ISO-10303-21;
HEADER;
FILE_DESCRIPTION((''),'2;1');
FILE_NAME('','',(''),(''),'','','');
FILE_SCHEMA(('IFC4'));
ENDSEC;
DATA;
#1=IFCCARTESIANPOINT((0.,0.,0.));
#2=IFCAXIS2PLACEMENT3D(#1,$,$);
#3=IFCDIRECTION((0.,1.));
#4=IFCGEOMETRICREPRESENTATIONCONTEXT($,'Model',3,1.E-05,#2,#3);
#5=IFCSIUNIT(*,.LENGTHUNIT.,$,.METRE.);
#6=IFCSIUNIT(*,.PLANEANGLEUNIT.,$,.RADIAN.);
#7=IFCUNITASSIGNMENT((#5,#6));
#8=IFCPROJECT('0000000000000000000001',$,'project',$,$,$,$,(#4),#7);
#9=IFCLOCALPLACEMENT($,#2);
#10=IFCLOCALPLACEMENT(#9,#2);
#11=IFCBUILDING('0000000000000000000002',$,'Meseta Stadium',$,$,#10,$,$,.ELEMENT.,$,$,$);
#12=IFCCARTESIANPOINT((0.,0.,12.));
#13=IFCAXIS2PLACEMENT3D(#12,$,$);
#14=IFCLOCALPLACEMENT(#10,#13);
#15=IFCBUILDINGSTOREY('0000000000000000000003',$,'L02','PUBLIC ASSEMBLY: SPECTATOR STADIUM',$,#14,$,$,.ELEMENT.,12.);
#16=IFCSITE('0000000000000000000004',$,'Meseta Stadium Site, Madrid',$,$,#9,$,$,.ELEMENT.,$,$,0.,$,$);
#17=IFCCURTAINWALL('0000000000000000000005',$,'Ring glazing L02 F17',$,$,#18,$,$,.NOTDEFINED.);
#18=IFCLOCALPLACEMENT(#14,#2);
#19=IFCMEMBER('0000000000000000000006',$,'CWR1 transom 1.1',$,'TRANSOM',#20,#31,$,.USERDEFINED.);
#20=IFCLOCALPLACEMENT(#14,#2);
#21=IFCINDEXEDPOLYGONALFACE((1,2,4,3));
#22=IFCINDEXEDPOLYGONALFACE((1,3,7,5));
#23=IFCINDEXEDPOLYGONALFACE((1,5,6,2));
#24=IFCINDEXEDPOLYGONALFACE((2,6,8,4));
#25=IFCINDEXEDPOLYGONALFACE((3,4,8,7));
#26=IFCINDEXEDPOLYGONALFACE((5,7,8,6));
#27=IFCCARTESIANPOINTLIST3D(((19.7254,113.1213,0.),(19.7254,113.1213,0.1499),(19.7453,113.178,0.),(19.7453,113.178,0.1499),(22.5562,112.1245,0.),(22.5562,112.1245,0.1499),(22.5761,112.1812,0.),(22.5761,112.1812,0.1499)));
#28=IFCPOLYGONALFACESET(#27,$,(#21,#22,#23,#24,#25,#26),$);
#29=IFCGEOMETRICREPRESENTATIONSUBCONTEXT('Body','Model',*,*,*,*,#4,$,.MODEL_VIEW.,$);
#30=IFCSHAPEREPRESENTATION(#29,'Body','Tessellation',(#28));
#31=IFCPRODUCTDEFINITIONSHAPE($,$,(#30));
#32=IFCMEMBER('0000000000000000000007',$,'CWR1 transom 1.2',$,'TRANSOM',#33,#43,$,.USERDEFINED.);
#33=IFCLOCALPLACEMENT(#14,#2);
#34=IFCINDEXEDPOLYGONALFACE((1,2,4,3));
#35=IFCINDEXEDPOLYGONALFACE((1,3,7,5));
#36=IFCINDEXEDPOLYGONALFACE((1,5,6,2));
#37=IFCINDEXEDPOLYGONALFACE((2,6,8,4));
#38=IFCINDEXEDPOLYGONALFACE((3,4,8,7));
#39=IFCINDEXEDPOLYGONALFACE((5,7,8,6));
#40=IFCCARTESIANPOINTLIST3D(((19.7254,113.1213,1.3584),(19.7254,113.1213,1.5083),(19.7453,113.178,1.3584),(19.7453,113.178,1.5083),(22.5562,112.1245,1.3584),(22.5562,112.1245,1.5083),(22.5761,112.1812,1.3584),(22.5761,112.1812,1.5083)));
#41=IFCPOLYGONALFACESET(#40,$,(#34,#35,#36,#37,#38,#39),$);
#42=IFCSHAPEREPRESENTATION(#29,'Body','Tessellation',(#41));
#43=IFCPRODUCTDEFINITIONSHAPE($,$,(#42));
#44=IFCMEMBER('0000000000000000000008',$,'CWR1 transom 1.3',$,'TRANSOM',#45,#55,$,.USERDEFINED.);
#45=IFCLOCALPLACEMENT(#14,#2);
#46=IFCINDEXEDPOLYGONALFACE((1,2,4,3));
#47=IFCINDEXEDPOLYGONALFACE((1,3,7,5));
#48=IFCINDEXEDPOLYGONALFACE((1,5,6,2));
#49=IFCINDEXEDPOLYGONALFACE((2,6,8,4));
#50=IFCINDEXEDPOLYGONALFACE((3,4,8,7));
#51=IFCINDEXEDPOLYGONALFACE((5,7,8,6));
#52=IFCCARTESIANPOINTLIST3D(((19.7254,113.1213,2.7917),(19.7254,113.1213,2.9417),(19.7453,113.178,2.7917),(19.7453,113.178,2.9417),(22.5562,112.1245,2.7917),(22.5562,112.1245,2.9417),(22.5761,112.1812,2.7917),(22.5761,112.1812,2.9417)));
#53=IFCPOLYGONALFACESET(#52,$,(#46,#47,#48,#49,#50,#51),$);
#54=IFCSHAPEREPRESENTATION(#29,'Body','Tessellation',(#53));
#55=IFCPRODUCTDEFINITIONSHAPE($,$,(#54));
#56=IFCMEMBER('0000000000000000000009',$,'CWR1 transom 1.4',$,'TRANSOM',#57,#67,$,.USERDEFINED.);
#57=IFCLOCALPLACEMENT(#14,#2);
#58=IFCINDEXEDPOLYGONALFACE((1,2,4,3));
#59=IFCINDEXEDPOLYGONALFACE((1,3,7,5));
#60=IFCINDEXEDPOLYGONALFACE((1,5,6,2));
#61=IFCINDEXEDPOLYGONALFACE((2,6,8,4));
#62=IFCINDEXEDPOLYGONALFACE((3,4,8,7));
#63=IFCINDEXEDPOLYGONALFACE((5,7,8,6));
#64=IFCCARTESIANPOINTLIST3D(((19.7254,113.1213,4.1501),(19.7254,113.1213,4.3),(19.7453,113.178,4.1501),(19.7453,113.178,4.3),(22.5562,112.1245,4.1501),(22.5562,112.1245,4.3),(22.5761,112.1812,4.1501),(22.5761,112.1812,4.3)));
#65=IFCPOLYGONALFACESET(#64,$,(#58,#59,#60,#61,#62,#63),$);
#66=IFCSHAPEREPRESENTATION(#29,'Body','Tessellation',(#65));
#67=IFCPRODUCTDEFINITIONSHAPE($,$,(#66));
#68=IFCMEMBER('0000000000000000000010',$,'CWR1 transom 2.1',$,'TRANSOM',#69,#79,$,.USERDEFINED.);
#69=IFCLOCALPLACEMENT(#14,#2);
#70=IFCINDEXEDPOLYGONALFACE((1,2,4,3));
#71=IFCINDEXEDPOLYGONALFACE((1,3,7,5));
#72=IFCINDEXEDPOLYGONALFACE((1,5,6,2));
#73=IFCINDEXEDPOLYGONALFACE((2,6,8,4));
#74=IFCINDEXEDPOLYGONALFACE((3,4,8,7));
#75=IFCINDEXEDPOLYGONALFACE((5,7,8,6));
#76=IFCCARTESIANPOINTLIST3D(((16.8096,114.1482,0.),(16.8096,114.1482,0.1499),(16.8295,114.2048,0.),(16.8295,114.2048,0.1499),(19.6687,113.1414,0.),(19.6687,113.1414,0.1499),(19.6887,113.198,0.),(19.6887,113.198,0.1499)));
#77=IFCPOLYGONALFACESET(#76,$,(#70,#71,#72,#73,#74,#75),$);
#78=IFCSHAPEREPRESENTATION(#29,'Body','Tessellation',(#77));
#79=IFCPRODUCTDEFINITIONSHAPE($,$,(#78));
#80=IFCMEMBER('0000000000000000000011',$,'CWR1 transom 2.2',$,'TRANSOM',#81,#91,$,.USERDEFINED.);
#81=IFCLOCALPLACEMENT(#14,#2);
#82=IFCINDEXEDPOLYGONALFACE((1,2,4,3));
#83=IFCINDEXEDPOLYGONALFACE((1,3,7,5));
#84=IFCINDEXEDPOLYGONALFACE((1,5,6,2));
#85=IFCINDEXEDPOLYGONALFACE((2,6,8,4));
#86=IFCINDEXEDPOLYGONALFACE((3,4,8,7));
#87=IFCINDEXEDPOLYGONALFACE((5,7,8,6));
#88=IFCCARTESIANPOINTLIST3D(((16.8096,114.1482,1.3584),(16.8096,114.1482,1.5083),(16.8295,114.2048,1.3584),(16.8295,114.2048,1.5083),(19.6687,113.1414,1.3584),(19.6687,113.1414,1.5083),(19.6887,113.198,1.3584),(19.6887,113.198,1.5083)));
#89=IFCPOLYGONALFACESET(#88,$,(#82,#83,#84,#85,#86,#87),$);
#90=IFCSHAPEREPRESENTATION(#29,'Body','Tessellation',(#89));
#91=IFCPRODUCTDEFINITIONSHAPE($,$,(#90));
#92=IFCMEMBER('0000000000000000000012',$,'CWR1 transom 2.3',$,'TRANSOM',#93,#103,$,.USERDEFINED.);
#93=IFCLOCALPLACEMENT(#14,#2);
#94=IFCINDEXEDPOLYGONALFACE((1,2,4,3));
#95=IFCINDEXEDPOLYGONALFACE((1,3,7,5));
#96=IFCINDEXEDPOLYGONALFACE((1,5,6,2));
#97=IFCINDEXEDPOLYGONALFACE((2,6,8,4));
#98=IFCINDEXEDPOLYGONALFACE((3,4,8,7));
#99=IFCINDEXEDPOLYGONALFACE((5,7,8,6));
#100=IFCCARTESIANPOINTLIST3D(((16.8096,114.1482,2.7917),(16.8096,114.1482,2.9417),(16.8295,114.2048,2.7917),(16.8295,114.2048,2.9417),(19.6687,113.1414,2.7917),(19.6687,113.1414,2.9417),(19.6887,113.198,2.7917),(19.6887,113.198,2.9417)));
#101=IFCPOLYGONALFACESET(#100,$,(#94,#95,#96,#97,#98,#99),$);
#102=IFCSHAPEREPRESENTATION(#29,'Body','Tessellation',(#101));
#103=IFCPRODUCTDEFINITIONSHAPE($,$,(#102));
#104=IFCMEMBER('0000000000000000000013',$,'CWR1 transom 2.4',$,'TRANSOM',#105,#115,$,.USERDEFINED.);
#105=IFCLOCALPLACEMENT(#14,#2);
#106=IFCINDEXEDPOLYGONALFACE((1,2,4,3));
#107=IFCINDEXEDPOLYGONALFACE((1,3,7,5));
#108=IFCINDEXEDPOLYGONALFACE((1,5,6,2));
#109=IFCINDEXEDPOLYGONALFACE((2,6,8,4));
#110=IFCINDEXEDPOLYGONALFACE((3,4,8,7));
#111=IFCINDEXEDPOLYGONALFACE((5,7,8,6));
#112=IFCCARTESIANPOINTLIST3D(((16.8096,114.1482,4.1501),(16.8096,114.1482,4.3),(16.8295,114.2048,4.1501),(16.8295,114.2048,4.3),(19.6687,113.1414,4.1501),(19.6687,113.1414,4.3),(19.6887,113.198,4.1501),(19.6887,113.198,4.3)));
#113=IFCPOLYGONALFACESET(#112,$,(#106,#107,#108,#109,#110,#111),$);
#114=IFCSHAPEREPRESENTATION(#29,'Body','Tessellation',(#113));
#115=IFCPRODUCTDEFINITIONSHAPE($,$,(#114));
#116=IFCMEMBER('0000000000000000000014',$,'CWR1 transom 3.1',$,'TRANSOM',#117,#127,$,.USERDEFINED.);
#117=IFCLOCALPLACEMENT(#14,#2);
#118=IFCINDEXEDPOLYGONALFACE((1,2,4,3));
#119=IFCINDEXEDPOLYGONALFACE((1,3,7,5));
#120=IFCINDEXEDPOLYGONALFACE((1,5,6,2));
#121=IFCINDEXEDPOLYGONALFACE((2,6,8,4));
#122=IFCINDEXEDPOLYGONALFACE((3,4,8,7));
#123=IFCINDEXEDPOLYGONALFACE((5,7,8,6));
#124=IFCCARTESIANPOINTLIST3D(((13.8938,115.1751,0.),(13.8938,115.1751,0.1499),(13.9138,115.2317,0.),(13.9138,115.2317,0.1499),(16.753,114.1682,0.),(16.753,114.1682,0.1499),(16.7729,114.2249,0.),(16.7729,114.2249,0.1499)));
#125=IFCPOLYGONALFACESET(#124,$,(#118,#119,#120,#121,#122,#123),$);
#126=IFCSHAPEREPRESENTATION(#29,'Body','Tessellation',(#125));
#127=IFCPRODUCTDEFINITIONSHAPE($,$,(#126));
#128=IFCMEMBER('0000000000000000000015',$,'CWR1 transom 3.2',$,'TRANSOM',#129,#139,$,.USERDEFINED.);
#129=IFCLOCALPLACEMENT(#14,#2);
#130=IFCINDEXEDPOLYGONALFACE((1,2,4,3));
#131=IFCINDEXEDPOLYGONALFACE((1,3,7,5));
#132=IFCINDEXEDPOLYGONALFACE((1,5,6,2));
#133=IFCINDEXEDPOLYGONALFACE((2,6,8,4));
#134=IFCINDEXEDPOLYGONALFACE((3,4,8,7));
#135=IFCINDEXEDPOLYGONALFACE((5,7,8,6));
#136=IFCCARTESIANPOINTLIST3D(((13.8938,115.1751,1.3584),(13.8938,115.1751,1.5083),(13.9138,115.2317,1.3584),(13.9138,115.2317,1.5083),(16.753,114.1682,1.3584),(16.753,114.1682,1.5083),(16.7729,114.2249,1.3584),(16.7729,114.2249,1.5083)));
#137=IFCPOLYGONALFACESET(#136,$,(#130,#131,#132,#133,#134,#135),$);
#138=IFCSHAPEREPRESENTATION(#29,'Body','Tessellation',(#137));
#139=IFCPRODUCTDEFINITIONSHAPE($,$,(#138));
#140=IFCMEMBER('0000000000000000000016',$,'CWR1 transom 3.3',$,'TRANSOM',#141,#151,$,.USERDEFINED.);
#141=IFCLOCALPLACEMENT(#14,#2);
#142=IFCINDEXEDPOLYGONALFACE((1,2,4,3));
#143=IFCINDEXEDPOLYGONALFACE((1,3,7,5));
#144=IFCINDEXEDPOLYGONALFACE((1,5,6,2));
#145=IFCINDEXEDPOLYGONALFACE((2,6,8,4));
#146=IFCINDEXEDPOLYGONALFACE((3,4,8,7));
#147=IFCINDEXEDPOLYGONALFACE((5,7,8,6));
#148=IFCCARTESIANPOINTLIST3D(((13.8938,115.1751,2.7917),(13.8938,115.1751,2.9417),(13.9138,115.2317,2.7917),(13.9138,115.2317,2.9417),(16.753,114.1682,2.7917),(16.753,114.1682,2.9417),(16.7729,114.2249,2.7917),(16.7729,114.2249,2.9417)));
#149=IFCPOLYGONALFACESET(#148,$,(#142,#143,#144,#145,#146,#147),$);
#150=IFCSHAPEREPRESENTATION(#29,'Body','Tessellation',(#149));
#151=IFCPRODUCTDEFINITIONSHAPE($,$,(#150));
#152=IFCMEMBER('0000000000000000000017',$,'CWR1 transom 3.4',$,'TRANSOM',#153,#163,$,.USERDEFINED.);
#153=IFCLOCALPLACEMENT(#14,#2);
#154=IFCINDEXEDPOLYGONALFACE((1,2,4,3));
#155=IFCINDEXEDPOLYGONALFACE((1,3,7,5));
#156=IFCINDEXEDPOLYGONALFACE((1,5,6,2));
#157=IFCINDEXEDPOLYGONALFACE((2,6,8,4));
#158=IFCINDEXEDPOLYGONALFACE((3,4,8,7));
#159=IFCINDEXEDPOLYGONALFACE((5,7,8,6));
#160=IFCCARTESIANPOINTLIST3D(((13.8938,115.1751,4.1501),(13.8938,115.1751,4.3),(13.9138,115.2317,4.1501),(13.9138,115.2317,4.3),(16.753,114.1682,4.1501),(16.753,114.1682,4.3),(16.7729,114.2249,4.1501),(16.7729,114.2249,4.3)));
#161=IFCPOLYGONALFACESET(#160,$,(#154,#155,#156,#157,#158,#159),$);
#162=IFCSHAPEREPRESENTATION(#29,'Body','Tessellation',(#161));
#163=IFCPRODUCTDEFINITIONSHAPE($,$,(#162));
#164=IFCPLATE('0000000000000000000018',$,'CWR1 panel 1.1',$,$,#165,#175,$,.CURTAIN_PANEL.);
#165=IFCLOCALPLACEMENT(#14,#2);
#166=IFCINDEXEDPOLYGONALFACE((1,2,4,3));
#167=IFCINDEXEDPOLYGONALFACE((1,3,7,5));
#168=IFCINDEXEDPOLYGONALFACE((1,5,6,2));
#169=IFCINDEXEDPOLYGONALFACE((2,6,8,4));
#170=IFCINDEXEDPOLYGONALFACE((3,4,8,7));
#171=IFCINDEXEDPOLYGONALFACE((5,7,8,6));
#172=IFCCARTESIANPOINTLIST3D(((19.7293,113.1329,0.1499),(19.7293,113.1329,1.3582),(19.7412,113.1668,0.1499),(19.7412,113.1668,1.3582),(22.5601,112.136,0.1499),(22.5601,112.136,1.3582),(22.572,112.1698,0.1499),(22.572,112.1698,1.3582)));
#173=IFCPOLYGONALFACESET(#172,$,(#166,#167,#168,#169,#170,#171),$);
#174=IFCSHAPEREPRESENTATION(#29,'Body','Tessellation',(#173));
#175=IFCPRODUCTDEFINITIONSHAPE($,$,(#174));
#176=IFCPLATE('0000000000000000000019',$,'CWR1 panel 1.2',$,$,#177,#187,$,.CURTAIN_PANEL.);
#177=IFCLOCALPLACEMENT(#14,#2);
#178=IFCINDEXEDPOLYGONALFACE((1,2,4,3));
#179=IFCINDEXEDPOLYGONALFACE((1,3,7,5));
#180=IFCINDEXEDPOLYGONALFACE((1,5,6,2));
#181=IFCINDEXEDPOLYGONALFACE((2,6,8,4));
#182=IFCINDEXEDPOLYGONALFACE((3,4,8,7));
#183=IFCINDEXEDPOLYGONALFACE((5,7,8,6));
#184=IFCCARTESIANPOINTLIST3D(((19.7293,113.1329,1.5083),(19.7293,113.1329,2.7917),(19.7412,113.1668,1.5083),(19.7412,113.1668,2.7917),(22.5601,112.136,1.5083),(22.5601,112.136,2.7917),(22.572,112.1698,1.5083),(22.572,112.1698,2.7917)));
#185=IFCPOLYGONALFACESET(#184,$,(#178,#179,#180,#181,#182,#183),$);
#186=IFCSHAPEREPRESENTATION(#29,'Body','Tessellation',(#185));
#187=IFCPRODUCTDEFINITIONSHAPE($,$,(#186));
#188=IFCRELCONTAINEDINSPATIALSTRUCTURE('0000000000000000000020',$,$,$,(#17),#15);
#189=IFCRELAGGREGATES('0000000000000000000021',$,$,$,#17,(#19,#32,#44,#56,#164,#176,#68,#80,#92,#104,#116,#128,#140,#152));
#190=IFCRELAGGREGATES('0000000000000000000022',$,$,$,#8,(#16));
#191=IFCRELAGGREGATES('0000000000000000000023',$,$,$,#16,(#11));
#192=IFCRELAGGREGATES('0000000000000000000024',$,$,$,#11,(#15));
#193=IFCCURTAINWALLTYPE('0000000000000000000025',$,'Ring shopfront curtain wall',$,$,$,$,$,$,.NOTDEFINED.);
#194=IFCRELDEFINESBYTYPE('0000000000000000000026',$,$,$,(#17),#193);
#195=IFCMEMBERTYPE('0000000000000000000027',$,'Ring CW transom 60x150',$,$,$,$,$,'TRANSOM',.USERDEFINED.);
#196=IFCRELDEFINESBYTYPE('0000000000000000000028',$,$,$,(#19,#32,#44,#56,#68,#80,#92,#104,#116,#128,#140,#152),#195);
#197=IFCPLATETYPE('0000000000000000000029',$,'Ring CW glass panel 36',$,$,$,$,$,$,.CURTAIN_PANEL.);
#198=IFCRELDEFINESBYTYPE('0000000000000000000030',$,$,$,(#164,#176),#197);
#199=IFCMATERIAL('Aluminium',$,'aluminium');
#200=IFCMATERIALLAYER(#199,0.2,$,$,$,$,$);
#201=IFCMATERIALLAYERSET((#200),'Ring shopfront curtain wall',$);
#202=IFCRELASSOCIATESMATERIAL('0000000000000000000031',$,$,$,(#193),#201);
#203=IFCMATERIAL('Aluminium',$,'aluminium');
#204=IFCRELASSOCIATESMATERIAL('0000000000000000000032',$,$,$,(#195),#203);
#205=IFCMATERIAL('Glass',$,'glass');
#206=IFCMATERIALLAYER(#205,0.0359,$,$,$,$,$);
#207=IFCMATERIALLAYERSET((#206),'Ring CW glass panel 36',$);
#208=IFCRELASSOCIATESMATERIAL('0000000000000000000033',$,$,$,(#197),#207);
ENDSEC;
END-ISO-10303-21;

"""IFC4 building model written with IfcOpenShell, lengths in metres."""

from ifc_helpers import new_model, si_unit, direction, frame, origin, origin_2d, place, context, subcontext, project, spatial, rectangle, extrude, material, layer, layer_set, material_profile, profile_set, type_object, element, aggregate, save


model = new_model("IFC4")

# Units and contexts
model_context = context("Model", 3, precision=1e-05, world=origin(), true_north=direction((0.0, 1.0)))
body_context = subcontext(model_context, "Body", "Model", "MODEL_VIEW")
ifc_project = project(units=[si_unit("LENGTHUNIT", "METRE"), si_unit("PLANEANGLEUNIT", "RADIAN")], contexts=[model_context])

# Site, building, storey
site_placement = place(None, origin())
site = spatial("IfcSite", under=ifc_project, at=site_placement, Name="Meseta Stadium Site, Madrid", CompositionType="ELEMENT", RefElevation=0.0)
building_placement = place(site_placement, origin())
building = spatial("IfcBuilding", under=site, at=building_placement, Name="Meseta Stadium", CompositionType="ELEMENT")
storey_placement = place(building_placement, frame((0.0, 0.0, 12.0)))
storey = spatial("IfcBuildingStorey", under=building, at=storey_placement, Name="L02", Description="PUBLIC ASSEMBLY: SPECTATOR STADIUM", CompositionType="ELEMENT", Elevation=12.0)

# Curtain wall, members, plates
ifc_material_1 = material(Name="Aluminium", Category="aluminium")
ifc_layer_1 = layer(ifc_material_1, 0.2)
ifc_layer_set_1 = layer_set([ifc_layer_1], Name="Ring shopfront curtain wall")
curtain_wall_type = type_object("IfcCurtainWallType", Name="Ring shopfront curtain wall", PredefinedType="NOTDEFINED", material=ifc_layer_set_1)
curtain_wall_placement = place(storey_placement, origin())
curtain_wall = element("IfcCurtainWall", 1, at=curtain_wall_placement, inside=storey, type_object=curtain_wall_type, Name="Ring glazing L02 F17", PredefinedType="NOTDEFINED")
ifc_material_2 = material(Name="Aluminium", Category="aluminium")
ifc_material_profile_1 = material_profile(ifc_material_2, rectangle(XDim=0.0601, YDim=0.1499, at=origin_2d()), Name="CW 60x150")
ifc_profile_set_1 = profile_set([ifc_material_profile_1], Name="Aluminium")
member_type_1 = type_object("IfcMemberType", Name="Ring CW transom 60x150", ElementType="TRANSOM", PredefinedType="USERDEFINED", material=ifc_profile_set_1)
member_1_placement = place(storey_placement, frame((22.5662, 112.1528, 0.075), z_axis=(-0.943229, 0.332143, 0.0), x_axis=(-0.332143, -0.943229, 0.0)))
member_1 = element("IfcMember", 2, at=member_1_placement, type_object=member_type_1, Name="CWR1 transom 1.1", ObjectType="TRANSOM", PredefinedType="USERDEFINED", context=body_context, shape_type="SweptSolid", body=[
    extrude(rectangle(XDim=0.0601, YDim=0.1499, at=origin_2d()), origin(), (0.0, 0.0, 1.0), 3.0012),
])
member_2_placement = place(storey_placement, frame((22.5662, 112.1528, 1.4333), z_axis=(-0.943229, 0.332143, 0.0), x_axis=(-0.332143, -0.943229, 0.0)))
member_2 = element("IfcMember", 3, at=member_2_placement, type_object=member_type_1, Name="CWR1 transom 1.2", ObjectType="TRANSOM", PredefinedType="USERDEFINED", context=body_context, shape_type="SweptSolid", body=[
    extrude(rectangle(XDim=0.0601, YDim=0.1499, at=origin_2d()), origin(), (0.0, 0.0, 1.0), 3.0012),
])
member_3_placement = place(storey_placement, frame((22.5662, 112.1528, 2.8667), z_axis=(-0.943229, 0.332143, 0.0), x_axis=(-0.332143, -0.943229, 0.0)))
member_3 = element("IfcMember", 4, at=member_3_placement, type_object=member_type_1, Name="CWR1 transom 1.3", ObjectType="TRANSOM", PredefinedType="USERDEFINED", context=body_context, shape_type="SweptSolid", body=[
    extrude(rectangle(XDim=0.0601, YDim=0.1499, at=origin_2d()), origin(), (0.0, 0.0, 1.0), 3.0012),
])
member_4_placement = place(storey_placement, frame((22.5662, 112.1528, 4.2251), z_axis=(-0.943229, 0.332143, 0.0), x_axis=(-0.332143, -0.943229, 0.0)))
member_4 = element("IfcMember", 5, at=member_4_placement, type_object=member_type_1, Name="CWR1 transom 1.4", ObjectType="TRANSOM", PredefinedType="USERDEFINED", context=body_context, shape_type="SweptSolid", body=[
    extrude(rectangle(XDim=0.0601, YDim=0.1499, at=origin_2d()), origin(), (0.0, 0.0, 1.0), 3.0012),
])
member_5_placement = place(storey_placement, frame((19.6787, 113.1697, 0.075), z_axis=(-0.943225, 0.332154, 0.0), x_axis=(-0.332154, -0.943225, 0.0)))
member_5 = element("IfcMember", 6, at=member_5_placement, type_object=member_type_1, Name="CWR1 transom 2.1", ObjectType="TRANSOM", PredefinedType="USERDEFINED", context=body_context, shape_type="SweptSolid", body=[
    extrude(rectangle(XDim=0.0601, YDim=0.1499, at=origin_2d()), origin(), (0.0, 0.0, 1.0), 3.0312),
])
member_6_placement = place(storey_placement, frame((19.6787, 113.1697, 1.4333), z_axis=(-0.943225, 0.332154, 0.0), x_axis=(-0.332154, -0.943225, 0.0)))
member_6 = element("IfcMember", 7, at=member_6_placement, type_object=member_type_1, Name="CWR1 transom 2.2", ObjectType="TRANSOM", PredefinedType="USERDEFINED", context=body_context, shape_type="SweptSolid", body=[
    extrude(rectangle(XDim=0.0601, YDim=0.1499, at=origin_2d()), origin(), (0.0, 0.0, 1.0), 3.0312),
])
member_7_placement = place(storey_placement, frame((19.6787, 113.1697, 2.8667), z_axis=(-0.943225, 0.332154, 0.0), x_axis=(-0.332154, -0.943225, 0.0)))
member_7 = element("IfcMember", 8, at=member_7_placement, type_object=member_type_1, Name="CWR1 transom 2.3", ObjectType="TRANSOM", PredefinedType="USERDEFINED", context=body_context, shape_type="SweptSolid", body=[
    extrude(rectangle(XDim=0.0601, YDim=0.1499, at=origin_2d()), origin(), (0.0, 0.0, 1.0), 3.0312),
])
member_8_placement = place(storey_placement, frame((19.6787, 113.1697, 4.2251), z_axis=(-0.943225, 0.332154, 0.0), x_axis=(-0.332154, -0.943225, 0.0)))
member_8 = element("IfcMember", 9, at=member_8_placement, type_object=member_type_1, Name="CWR1 transom 2.4", ObjectType="TRANSOM", PredefinedType="USERDEFINED", context=body_context, shape_type="SweptSolid", body=[
    extrude(rectangle(XDim=0.0601, YDim=0.1499, at=origin_2d()), origin(), (0.0, 0.0, 1.0), 3.0312),
])
member_9_placement = place(storey_placement, frame((16.7629, 114.1965, 0.075), z_axis=(-0.943225, 0.332154, 0.0), x_axis=(-0.332154, -0.943225, 0.0)))
member_9 = element("IfcMember", 10, at=member_9_placement, type_object=member_type_1, Name="CWR1 transom 3.1", ObjectType="TRANSOM", PredefinedType="USERDEFINED", context=body_context, shape_type="SweptSolid", body=[
    extrude(rectangle(XDim=0.0601, YDim=0.1499, at=origin_2d()), origin(), (0.0, 0.0, 1.0), 3.0312),
])
member_10_placement = place(storey_placement, frame((16.7629, 114.1965, 1.4333), z_axis=(-0.943225, 0.332154, 0.0), x_axis=(-0.332154, -0.943225, 0.0)))
member_10 = element("IfcMember", 11, at=member_10_placement, type_object=member_type_1, Name="CWR1 transom 3.2", ObjectType="TRANSOM", PredefinedType="USERDEFINED", context=body_context, shape_type="SweptSolid", body=[
    extrude(rectangle(XDim=0.0601, YDim=0.1499, at=origin_2d()), origin(), (0.0, 0.0, 1.0), 3.0312),
])
member_11_placement = place(storey_placement, frame((16.7629, 114.1965, 2.8667), z_axis=(-0.943225, 0.332154, 0.0), x_axis=(-0.332154, -0.943225, 0.0)))
member_11 = element("IfcMember", 12, at=member_11_placement, type_object=member_type_1, Name="CWR1 transom 3.3", ObjectType="TRANSOM", PredefinedType="USERDEFINED", context=body_context, shape_type="SweptSolid", body=[
    extrude(rectangle(XDim=0.0601, YDim=0.1499, at=origin_2d()), origin(), (0.0, 0.0, 1.0), 3.0312),
])
member_12_placement = place(storey_placement, frame((16.7629, 114.1965, 4.2251), z_axis=(-0.943225, 0.332154, 0.0), x_axis=(-0.332154, -0.943225, 0.0)))
member_12 = element("IfcMember", 13, at=member_12_placement, type_object=member_type_1, Name="CWR1 transom 3.4", ObjectType="TRANSOM", PredefinedType="USERDEFINED", context=body_context, shape_type="SweptSolid", body=[
    extrude(rectangle(XDim=0.0601, YDim=0.1499, at=origin_2d()), origin(), (0.0, 0.0, 1.0), 3.0312),
])
ifc_material_3 = material(Name="Glass", Category="glass")
ifc_layer_2 = layer(ifc_material_3, 0.0359)
ifc_layer_set_2 = layer_set([ifc_layer_2], Name="Ring CW glass panel 36")
plate_type = type_object("IfcPlateType", Name="Ring CW glass panel 36", PredefinedType="CURTAIN_PANEL", material=ifc_layer_set_2)
plate_1_placement = place(storey_placement, frame((21.1506, 112.6514, 0.1499), z_axis=(0.0, 0.0, 1.0), x_axis=(-0.943218, 0.332174, 0.0)))
plate_1 = element("IfcPlate", 14, at=plate_1_placement, type_object=plate_type, Name="CWR1 panel 1.1", PredefinedType="CURTAIN_PANEL", context=body_context, shape_type="SweptSolid", body=[
    extrude(rectangle(XDim=3.0012, YDim=0.0359, at=origin_2d()), origin(), (0.0, 0.0, 1.0), 1.2083),
])
plate_2_placement = place(storey_placement, frame((21.1506, 112.6514, 1.5083), z_axis=(0.0, 0.0, 1.0), x_axis=(-0.943218, 0.332174, 0.0)))
plate_2 = element("IfcPlate", 15, at=plate_2_placement, type_object=plate_type, Name="CWR1 panel 1.2", PredefinedType="CURTAIN_PANEL", context=body_context, shape_type="SweptSolid", body=[
    extrude(rectangle(XDim=3.0012, YDim=0.0359, at=origin_2d()), origin(), (0.0, 0.0, 1.0), 1.2834),
])
aggregate(curtain_wall, [member_1, member_2, member_3, member_4, plate_1, plate_2, member_5, member_6, member_7, member_8, member_9, member_10, member_11, member_12])

save(model, "model.ifc")
